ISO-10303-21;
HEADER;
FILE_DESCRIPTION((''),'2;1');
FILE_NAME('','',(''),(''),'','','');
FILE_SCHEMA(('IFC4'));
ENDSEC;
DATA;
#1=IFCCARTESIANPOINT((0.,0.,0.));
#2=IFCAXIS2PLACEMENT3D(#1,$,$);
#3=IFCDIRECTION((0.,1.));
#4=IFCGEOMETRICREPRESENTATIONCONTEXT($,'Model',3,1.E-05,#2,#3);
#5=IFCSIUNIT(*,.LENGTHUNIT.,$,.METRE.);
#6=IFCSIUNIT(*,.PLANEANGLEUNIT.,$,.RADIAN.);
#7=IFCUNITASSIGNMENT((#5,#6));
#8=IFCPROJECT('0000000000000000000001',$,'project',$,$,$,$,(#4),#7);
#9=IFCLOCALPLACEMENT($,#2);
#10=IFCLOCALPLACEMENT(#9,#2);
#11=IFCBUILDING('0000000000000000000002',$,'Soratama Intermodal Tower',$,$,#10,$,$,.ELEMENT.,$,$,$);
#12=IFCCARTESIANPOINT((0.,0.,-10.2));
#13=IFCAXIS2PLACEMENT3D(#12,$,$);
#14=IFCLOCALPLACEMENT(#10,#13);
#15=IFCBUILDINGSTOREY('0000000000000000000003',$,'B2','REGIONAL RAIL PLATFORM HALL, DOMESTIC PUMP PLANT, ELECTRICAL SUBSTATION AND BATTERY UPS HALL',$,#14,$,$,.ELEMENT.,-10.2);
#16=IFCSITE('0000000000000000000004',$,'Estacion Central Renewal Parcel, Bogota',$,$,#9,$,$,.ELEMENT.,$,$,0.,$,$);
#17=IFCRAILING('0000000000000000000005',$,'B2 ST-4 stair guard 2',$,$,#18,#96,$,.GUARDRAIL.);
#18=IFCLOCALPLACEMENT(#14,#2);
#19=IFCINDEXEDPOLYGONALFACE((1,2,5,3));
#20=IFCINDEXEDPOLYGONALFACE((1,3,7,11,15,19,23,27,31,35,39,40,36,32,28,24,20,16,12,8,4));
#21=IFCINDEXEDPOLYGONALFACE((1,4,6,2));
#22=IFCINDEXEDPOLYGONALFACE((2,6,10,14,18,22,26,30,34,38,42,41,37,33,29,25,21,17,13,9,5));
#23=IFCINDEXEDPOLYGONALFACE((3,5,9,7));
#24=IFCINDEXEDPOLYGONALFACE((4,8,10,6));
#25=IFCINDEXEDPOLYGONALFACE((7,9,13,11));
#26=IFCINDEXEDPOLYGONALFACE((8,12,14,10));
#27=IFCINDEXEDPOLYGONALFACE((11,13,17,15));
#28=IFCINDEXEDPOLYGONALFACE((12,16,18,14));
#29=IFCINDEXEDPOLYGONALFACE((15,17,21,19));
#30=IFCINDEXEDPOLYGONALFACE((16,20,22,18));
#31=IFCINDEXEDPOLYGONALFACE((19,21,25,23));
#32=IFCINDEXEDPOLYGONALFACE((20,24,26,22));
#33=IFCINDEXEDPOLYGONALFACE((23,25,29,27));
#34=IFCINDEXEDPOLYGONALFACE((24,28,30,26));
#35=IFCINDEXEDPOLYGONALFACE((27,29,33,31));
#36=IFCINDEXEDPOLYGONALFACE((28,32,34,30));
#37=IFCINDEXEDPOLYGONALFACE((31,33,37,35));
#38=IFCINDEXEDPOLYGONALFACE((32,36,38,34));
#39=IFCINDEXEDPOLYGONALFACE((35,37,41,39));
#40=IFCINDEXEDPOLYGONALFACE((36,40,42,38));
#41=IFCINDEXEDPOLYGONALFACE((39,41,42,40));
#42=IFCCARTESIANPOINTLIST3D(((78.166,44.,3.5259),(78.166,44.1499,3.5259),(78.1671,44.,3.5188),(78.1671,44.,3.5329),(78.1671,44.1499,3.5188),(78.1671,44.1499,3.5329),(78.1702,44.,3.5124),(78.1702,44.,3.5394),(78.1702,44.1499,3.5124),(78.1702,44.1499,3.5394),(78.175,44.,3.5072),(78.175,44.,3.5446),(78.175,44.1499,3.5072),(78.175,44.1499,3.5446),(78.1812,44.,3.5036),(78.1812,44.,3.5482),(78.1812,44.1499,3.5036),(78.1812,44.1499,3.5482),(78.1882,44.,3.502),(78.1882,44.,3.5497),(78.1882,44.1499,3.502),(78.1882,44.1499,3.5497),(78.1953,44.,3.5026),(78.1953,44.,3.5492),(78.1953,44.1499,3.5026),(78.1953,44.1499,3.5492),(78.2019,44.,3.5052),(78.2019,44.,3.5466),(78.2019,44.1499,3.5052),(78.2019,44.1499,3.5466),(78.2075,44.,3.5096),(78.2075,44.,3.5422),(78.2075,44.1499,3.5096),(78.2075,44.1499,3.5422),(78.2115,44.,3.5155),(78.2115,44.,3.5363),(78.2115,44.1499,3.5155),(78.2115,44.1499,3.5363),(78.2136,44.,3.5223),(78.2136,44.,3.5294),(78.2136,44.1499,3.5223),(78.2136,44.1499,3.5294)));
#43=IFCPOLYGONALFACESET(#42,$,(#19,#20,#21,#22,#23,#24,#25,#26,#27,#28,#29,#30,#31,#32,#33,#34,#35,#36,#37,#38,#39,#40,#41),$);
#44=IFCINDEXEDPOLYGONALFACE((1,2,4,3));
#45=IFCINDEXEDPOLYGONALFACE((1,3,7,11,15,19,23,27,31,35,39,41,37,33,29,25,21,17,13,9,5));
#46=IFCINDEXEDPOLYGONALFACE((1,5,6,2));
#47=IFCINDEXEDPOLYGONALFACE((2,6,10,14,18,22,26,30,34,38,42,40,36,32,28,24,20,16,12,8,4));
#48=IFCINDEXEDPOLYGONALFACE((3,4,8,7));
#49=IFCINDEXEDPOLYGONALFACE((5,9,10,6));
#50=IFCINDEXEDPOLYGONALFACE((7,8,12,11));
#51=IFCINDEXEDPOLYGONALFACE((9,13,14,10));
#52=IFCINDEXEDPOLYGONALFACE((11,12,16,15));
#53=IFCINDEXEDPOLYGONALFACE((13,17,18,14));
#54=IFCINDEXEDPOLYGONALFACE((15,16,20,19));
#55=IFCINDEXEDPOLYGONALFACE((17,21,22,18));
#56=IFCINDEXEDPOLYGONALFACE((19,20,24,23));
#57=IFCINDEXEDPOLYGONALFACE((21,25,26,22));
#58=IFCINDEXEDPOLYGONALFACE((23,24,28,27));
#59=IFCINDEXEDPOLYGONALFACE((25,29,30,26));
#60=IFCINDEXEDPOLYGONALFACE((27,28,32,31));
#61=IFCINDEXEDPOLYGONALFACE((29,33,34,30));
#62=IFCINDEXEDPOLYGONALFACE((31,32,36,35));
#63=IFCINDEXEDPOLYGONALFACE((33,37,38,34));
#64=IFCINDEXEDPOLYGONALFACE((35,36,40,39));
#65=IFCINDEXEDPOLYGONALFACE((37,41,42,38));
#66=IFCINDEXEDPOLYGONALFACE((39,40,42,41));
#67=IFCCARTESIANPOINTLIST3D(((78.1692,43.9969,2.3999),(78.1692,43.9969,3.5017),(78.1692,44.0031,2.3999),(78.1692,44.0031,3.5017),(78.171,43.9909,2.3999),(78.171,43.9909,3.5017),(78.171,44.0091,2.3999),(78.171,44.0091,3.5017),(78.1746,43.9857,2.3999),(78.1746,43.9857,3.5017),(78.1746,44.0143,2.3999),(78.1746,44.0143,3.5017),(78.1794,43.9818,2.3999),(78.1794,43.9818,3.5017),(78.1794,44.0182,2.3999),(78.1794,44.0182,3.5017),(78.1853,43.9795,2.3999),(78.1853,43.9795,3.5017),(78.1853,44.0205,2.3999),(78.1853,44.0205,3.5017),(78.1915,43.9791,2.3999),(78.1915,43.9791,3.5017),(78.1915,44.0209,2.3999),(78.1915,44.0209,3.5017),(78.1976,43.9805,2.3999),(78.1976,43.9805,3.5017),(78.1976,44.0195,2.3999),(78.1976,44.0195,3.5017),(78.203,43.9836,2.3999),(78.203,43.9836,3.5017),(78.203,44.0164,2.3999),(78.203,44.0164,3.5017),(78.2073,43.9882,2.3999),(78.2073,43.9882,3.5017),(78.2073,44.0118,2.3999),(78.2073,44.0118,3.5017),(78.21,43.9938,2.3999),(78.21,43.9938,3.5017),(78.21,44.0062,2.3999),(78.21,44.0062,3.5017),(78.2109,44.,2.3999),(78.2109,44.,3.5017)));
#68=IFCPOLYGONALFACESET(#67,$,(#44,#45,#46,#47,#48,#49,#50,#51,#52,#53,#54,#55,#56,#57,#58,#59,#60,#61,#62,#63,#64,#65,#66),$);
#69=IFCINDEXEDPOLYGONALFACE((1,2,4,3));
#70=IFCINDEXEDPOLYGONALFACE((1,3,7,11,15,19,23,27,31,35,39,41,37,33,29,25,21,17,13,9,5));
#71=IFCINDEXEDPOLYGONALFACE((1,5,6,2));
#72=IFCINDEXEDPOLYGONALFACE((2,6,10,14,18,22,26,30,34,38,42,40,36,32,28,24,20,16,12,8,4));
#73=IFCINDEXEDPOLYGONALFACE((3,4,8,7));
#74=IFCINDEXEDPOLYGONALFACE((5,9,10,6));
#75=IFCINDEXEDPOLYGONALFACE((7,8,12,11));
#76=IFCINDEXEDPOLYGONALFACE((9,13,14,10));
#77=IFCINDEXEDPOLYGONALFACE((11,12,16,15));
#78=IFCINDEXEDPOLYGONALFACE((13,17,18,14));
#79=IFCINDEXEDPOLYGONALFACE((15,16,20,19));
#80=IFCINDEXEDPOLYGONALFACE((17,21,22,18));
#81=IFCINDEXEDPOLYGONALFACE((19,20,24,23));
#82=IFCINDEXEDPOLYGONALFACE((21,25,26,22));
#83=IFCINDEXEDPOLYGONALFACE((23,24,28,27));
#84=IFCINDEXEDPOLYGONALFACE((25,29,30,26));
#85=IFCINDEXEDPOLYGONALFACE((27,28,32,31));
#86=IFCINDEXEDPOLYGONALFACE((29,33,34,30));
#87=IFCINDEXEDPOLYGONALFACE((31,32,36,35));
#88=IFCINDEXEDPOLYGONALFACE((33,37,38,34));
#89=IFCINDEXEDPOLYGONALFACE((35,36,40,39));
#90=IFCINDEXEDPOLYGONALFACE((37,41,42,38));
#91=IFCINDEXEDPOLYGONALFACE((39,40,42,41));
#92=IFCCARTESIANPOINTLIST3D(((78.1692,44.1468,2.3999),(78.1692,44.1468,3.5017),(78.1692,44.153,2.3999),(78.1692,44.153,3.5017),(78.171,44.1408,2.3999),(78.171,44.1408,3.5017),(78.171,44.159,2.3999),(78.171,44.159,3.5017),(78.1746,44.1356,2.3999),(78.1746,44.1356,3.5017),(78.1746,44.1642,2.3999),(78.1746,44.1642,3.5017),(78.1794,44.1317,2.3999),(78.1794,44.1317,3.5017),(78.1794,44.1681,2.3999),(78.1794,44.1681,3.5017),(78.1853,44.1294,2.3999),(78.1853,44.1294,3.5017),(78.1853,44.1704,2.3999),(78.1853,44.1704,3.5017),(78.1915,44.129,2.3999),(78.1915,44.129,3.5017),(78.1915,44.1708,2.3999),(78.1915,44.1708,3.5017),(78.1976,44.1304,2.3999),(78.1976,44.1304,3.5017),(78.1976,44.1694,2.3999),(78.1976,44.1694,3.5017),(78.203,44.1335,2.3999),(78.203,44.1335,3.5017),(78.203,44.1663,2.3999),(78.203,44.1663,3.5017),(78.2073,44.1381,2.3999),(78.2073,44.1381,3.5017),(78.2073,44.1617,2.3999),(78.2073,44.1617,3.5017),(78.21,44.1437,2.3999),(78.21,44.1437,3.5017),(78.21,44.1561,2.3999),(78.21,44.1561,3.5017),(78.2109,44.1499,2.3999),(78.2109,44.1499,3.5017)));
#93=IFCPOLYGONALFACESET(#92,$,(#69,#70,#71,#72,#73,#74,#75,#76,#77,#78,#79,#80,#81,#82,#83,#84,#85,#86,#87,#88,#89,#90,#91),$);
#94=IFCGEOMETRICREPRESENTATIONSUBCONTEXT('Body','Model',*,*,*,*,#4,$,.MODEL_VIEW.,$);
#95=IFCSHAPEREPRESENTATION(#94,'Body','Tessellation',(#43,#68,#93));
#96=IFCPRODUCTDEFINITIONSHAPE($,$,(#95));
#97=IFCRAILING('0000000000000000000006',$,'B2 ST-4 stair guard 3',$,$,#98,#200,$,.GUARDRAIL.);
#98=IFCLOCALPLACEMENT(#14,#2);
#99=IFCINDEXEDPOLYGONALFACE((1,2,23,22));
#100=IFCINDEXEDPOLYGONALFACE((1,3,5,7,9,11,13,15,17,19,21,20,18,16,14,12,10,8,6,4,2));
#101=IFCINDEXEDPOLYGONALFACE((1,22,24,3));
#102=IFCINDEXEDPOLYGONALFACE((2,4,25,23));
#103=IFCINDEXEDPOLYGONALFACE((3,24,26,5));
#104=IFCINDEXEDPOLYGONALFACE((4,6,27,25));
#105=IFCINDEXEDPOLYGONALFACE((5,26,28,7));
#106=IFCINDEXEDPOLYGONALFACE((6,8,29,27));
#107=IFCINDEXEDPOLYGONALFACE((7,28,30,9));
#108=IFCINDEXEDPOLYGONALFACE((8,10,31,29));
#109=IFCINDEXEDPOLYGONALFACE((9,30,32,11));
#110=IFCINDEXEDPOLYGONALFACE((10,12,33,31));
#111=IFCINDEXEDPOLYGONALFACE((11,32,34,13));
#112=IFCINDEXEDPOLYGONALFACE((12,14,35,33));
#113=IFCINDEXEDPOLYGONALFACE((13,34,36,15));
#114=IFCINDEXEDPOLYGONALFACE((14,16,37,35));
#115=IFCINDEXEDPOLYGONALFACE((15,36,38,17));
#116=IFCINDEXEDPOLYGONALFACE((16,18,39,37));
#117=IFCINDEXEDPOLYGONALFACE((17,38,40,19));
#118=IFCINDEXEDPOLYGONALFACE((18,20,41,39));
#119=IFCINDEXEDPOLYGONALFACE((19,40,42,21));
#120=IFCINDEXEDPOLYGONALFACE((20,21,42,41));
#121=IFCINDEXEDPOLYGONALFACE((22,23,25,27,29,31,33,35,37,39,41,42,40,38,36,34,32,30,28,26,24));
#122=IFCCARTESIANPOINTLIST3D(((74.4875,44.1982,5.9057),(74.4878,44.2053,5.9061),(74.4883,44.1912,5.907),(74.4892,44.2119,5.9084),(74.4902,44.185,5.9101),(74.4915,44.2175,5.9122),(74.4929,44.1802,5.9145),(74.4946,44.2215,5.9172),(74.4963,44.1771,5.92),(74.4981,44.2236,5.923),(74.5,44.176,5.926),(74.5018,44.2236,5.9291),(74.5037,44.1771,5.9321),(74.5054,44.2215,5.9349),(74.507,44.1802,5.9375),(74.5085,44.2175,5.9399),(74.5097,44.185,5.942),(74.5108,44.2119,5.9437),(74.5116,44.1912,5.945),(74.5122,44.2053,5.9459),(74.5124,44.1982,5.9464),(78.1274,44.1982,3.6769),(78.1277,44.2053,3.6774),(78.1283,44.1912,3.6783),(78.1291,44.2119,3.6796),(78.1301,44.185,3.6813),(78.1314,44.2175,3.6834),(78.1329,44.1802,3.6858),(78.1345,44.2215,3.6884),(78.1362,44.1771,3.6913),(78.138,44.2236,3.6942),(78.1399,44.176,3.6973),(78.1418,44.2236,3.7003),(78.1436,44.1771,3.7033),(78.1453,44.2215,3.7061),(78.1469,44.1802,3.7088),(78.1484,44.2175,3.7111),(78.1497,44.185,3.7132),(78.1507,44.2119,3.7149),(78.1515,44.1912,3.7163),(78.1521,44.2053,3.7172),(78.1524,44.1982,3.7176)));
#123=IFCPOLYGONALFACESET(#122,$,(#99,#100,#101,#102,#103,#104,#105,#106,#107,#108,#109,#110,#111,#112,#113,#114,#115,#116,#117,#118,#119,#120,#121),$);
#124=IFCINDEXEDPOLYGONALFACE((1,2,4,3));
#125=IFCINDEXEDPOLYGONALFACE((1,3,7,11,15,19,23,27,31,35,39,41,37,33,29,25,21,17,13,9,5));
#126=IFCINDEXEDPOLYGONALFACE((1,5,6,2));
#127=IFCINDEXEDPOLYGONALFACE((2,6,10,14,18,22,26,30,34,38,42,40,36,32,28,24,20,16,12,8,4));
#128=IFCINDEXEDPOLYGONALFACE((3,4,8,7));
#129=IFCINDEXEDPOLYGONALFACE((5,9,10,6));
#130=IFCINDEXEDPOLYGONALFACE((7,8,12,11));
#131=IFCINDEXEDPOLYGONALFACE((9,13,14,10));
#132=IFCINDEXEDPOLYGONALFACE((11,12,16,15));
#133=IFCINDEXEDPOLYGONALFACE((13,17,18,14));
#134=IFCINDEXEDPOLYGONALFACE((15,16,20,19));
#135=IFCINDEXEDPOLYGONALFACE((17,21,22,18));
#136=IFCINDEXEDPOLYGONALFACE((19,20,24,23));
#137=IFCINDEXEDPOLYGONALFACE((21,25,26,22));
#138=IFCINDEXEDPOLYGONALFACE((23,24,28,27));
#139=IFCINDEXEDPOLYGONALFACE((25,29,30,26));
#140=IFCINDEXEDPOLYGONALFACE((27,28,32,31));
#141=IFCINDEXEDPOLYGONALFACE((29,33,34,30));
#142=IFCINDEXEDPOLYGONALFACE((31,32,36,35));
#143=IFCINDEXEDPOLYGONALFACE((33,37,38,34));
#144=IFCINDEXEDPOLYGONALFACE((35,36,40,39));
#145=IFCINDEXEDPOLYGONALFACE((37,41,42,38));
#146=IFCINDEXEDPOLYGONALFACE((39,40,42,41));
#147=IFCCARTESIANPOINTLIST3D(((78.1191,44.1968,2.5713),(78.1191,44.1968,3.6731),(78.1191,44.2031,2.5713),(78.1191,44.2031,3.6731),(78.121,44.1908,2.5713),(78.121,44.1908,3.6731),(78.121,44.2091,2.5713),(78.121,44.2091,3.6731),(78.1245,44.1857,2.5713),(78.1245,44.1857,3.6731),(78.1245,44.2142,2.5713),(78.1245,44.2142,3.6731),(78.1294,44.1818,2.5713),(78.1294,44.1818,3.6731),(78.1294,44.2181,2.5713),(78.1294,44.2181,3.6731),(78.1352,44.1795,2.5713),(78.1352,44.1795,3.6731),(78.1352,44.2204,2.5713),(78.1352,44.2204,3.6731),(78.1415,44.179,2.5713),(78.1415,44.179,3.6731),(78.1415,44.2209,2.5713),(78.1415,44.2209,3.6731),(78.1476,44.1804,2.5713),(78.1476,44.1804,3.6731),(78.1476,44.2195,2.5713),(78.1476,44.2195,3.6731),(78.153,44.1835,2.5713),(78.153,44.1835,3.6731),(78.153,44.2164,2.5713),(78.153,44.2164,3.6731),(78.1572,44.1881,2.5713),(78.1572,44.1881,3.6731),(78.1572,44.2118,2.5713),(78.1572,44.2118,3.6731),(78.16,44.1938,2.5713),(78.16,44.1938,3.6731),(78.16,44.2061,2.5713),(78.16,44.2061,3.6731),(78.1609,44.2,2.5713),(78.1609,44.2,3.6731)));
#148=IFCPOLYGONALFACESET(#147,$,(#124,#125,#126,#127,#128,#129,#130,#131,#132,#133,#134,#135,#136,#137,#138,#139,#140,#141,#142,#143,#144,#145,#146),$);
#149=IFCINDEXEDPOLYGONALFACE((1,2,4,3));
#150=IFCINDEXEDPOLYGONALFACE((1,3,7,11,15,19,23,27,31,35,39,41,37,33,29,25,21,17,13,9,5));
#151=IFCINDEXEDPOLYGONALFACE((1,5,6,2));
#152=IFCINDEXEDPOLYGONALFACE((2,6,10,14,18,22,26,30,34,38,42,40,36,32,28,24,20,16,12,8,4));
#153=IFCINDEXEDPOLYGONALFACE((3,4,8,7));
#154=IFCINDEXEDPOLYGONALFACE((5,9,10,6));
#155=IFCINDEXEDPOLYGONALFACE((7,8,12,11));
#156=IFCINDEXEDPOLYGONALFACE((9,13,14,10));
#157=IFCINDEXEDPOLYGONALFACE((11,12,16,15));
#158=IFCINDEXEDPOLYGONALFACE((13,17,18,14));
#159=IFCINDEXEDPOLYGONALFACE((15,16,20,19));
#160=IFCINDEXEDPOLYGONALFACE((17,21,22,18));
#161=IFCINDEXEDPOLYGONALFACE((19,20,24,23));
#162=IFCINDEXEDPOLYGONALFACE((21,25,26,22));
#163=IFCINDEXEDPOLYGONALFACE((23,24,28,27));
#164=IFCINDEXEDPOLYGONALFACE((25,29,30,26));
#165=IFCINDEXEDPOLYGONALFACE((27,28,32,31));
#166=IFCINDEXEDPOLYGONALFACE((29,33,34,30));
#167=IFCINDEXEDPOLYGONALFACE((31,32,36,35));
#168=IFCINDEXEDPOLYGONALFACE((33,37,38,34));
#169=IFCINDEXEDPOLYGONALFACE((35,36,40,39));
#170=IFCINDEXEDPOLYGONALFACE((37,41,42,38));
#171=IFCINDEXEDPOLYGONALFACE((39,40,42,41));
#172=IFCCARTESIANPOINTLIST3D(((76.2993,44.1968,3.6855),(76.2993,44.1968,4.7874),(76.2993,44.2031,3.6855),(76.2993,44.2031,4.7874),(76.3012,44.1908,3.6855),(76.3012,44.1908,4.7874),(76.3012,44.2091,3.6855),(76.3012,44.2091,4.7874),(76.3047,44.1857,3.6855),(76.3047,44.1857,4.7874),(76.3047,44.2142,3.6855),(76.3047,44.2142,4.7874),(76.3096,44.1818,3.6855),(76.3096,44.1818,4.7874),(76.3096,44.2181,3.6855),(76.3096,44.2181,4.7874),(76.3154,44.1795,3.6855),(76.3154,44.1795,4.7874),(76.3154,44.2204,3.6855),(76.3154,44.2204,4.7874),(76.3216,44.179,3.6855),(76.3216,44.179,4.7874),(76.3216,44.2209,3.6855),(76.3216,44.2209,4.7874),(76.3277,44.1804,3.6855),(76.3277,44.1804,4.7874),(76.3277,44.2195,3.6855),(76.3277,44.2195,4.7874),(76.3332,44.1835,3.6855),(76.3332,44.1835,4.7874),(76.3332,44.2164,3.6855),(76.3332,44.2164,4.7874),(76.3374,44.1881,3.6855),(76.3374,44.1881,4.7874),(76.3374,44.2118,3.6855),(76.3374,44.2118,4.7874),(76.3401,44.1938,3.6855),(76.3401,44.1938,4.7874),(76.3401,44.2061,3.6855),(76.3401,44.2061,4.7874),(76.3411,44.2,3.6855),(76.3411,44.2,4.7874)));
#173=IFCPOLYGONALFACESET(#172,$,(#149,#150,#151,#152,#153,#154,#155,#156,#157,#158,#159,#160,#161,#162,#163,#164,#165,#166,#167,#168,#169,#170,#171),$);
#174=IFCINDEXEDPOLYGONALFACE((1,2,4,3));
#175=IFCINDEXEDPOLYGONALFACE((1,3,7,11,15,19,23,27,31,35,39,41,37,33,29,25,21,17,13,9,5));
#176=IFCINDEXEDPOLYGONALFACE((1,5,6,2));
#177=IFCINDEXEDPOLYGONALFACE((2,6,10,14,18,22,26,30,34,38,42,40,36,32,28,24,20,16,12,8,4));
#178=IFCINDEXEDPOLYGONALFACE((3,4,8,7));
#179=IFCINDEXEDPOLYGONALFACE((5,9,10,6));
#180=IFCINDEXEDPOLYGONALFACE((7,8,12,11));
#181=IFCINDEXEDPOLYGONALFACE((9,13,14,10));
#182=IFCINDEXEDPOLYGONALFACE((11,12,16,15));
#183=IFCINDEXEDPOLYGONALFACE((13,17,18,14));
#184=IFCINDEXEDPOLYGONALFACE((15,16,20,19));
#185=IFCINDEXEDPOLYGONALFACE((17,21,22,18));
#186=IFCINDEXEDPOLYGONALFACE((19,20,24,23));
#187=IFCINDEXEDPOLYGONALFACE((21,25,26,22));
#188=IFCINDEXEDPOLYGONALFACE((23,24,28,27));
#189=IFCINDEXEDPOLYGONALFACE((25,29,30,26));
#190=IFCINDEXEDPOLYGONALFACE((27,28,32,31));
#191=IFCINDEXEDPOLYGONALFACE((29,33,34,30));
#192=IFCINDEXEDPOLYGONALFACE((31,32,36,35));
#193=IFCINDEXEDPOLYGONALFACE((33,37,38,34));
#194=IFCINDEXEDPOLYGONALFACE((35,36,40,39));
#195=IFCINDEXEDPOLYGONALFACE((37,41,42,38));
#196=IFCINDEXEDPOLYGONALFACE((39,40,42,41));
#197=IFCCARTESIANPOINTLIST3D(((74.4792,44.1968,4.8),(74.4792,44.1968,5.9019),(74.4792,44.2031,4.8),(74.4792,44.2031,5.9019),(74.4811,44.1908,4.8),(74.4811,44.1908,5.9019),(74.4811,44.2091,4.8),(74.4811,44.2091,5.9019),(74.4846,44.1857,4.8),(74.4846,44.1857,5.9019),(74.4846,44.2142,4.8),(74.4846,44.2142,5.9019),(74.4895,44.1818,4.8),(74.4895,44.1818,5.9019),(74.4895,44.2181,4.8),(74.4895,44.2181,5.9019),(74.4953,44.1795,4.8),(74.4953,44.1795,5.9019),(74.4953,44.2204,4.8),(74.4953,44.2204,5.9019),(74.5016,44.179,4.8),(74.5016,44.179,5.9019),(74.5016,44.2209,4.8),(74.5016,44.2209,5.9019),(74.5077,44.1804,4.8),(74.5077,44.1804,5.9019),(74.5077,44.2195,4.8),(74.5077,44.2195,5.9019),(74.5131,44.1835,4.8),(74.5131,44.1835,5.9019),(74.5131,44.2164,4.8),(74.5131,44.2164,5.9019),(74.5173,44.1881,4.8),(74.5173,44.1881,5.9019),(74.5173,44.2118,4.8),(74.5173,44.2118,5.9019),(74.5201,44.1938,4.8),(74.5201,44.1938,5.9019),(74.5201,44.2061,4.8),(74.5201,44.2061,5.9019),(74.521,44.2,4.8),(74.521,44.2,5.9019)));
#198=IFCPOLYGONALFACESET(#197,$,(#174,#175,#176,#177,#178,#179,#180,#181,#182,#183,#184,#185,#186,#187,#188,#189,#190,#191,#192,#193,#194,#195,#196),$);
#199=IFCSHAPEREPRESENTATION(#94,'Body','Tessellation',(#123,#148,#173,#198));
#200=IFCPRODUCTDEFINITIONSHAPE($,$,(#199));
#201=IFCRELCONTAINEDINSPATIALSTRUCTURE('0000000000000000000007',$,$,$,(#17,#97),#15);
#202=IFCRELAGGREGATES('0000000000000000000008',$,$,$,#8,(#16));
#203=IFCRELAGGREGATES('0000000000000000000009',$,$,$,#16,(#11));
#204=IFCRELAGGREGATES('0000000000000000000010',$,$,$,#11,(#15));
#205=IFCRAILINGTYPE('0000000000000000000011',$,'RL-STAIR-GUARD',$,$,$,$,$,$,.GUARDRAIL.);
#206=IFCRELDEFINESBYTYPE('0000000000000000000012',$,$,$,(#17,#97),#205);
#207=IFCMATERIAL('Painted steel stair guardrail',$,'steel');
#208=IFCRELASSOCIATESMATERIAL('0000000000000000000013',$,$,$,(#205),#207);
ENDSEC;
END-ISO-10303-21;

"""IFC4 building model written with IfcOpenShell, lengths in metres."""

from ifc_helpers import new_model, si_unit, direction, frame, origin, origin_2d, place, context, subcontext, project, spatial, circle, extrude, material, type_object, element, save


model = new_model("IFC4")

# Units and contexts
model_context = context("Model", 3, precision=1e-05, world=origin(), true_north=direction((0.0, 1.0)))
body_context = subcontext(model_context, "Body", "Model", "MODEL_VIEW")
ifc_project = project(units=[si_unit("LENGTHUNIT", "METRE"), si_unit("PLANEANGLEUNIT", "RADIAN")], contexts=[model_context])

# Site, building, storey
site_placement = place(None, origin())
site = spatial("IfcSite", under=ifc_project, at=site_placement, Name="Estacion Central Renewal Parcel, Bogota", CompositionType="ELEMENT", RefElevation=0.0)
building_placement = place(site_placement, origin())
building = spatial("IfcBuilding", under=site, at=building_placement, Name="Soratama Intermodal Tower", CompositionType="ELEMENT")
storey_placement = place(building_placement, frame((0.0, 0.0, -10.2)))
storey = spatial("IfcBuildingStorey", under=building, at=storey_placement, Name="B2", Description="REGIONAL RAIL PLATFORM HALL, DOMESTIC PUMP PLANT, ELECTRICAL SUBSTATION AND BATTERY UPS HALL", CompositionType="ELEMENT", Elevation=-10.2)

# Railings
ifc_material_1 = material(Name="Painted steel stair guardrail", Category="steel")
railing_type_1 = type_object("IfcRailingType", Name="RL-STAIR-GUARD", PredefinedType="GUARDRAIL", material=ifc_material_1)
railing_1_placement = place(storey_placement, frame((78.1899, 44.0, 2.3999)))
element("IfcRailing", 1, at=railing_1_placement, inside=storey, type_object=railing_type_1, Name="B2 ST-4 stair guard 2", PredefinedType="GUARDRAIL", context=body_context, shape_type="SweptSolid", body=[
    extrude(circle(Radius=0.0239, at=origin_2d()), frame((0.0, 0.0, 1.126), z_axis=(0.0, 1.0, 0.0), x_axis=(-1.0, 0.0, 0.0)), (0.0, 0.0, 1.0), 0.1499),
    extrude(circle(Radius=0.021, at=origin_2d()), origin(), (0.0, 0.0, 1.0), 1.1018),
    extrude(circle(Radius=0.021, at=origin_2d()), frame((0.0, 0.1499, 0.0)), (0.0, 0.0, 1.0), 1.1018),
])
railing_2_placement = place(storey_placement, frame((78.1399, 44.2, 2.5713)))
element("IfcRailing", 2, at=railing_2_placement, inside=storey, type_object=railing_type_1, Name="B2 ST-4 stair guard 3", PredefinedType="GUARDRAIL", context=body_context, shape_type="SweptSolid", body=[
    extrude(circle(Radius=0.0239, at=origin_2d()), frame((0.0, 0.0, 1.126), z_axis=(-0.852825, 0.0, 0.522197), x_axis=(0.0, -1.0, 0.0)), (0.0, 0.0, 1.0), 4.2681),
    extrude(circle(Radius=0.021, at=origin_2d()), origin(), (0.0, 0.0, 1.0), 1.1018),
    extrude(circle(Radius=0.021, at=origin_2d()), frame((-1.8198, 0.0, 1.1143)), (0.0, 0.0, 1.0), 1.1018),
    extrude(circle(Radius=0.021, at=origin_2d()), frame((-3.6399, 0.0, 2.2288)), (0.0, 0.0, 1.0), 1.1018),
])

save(model, "model.ifc")
